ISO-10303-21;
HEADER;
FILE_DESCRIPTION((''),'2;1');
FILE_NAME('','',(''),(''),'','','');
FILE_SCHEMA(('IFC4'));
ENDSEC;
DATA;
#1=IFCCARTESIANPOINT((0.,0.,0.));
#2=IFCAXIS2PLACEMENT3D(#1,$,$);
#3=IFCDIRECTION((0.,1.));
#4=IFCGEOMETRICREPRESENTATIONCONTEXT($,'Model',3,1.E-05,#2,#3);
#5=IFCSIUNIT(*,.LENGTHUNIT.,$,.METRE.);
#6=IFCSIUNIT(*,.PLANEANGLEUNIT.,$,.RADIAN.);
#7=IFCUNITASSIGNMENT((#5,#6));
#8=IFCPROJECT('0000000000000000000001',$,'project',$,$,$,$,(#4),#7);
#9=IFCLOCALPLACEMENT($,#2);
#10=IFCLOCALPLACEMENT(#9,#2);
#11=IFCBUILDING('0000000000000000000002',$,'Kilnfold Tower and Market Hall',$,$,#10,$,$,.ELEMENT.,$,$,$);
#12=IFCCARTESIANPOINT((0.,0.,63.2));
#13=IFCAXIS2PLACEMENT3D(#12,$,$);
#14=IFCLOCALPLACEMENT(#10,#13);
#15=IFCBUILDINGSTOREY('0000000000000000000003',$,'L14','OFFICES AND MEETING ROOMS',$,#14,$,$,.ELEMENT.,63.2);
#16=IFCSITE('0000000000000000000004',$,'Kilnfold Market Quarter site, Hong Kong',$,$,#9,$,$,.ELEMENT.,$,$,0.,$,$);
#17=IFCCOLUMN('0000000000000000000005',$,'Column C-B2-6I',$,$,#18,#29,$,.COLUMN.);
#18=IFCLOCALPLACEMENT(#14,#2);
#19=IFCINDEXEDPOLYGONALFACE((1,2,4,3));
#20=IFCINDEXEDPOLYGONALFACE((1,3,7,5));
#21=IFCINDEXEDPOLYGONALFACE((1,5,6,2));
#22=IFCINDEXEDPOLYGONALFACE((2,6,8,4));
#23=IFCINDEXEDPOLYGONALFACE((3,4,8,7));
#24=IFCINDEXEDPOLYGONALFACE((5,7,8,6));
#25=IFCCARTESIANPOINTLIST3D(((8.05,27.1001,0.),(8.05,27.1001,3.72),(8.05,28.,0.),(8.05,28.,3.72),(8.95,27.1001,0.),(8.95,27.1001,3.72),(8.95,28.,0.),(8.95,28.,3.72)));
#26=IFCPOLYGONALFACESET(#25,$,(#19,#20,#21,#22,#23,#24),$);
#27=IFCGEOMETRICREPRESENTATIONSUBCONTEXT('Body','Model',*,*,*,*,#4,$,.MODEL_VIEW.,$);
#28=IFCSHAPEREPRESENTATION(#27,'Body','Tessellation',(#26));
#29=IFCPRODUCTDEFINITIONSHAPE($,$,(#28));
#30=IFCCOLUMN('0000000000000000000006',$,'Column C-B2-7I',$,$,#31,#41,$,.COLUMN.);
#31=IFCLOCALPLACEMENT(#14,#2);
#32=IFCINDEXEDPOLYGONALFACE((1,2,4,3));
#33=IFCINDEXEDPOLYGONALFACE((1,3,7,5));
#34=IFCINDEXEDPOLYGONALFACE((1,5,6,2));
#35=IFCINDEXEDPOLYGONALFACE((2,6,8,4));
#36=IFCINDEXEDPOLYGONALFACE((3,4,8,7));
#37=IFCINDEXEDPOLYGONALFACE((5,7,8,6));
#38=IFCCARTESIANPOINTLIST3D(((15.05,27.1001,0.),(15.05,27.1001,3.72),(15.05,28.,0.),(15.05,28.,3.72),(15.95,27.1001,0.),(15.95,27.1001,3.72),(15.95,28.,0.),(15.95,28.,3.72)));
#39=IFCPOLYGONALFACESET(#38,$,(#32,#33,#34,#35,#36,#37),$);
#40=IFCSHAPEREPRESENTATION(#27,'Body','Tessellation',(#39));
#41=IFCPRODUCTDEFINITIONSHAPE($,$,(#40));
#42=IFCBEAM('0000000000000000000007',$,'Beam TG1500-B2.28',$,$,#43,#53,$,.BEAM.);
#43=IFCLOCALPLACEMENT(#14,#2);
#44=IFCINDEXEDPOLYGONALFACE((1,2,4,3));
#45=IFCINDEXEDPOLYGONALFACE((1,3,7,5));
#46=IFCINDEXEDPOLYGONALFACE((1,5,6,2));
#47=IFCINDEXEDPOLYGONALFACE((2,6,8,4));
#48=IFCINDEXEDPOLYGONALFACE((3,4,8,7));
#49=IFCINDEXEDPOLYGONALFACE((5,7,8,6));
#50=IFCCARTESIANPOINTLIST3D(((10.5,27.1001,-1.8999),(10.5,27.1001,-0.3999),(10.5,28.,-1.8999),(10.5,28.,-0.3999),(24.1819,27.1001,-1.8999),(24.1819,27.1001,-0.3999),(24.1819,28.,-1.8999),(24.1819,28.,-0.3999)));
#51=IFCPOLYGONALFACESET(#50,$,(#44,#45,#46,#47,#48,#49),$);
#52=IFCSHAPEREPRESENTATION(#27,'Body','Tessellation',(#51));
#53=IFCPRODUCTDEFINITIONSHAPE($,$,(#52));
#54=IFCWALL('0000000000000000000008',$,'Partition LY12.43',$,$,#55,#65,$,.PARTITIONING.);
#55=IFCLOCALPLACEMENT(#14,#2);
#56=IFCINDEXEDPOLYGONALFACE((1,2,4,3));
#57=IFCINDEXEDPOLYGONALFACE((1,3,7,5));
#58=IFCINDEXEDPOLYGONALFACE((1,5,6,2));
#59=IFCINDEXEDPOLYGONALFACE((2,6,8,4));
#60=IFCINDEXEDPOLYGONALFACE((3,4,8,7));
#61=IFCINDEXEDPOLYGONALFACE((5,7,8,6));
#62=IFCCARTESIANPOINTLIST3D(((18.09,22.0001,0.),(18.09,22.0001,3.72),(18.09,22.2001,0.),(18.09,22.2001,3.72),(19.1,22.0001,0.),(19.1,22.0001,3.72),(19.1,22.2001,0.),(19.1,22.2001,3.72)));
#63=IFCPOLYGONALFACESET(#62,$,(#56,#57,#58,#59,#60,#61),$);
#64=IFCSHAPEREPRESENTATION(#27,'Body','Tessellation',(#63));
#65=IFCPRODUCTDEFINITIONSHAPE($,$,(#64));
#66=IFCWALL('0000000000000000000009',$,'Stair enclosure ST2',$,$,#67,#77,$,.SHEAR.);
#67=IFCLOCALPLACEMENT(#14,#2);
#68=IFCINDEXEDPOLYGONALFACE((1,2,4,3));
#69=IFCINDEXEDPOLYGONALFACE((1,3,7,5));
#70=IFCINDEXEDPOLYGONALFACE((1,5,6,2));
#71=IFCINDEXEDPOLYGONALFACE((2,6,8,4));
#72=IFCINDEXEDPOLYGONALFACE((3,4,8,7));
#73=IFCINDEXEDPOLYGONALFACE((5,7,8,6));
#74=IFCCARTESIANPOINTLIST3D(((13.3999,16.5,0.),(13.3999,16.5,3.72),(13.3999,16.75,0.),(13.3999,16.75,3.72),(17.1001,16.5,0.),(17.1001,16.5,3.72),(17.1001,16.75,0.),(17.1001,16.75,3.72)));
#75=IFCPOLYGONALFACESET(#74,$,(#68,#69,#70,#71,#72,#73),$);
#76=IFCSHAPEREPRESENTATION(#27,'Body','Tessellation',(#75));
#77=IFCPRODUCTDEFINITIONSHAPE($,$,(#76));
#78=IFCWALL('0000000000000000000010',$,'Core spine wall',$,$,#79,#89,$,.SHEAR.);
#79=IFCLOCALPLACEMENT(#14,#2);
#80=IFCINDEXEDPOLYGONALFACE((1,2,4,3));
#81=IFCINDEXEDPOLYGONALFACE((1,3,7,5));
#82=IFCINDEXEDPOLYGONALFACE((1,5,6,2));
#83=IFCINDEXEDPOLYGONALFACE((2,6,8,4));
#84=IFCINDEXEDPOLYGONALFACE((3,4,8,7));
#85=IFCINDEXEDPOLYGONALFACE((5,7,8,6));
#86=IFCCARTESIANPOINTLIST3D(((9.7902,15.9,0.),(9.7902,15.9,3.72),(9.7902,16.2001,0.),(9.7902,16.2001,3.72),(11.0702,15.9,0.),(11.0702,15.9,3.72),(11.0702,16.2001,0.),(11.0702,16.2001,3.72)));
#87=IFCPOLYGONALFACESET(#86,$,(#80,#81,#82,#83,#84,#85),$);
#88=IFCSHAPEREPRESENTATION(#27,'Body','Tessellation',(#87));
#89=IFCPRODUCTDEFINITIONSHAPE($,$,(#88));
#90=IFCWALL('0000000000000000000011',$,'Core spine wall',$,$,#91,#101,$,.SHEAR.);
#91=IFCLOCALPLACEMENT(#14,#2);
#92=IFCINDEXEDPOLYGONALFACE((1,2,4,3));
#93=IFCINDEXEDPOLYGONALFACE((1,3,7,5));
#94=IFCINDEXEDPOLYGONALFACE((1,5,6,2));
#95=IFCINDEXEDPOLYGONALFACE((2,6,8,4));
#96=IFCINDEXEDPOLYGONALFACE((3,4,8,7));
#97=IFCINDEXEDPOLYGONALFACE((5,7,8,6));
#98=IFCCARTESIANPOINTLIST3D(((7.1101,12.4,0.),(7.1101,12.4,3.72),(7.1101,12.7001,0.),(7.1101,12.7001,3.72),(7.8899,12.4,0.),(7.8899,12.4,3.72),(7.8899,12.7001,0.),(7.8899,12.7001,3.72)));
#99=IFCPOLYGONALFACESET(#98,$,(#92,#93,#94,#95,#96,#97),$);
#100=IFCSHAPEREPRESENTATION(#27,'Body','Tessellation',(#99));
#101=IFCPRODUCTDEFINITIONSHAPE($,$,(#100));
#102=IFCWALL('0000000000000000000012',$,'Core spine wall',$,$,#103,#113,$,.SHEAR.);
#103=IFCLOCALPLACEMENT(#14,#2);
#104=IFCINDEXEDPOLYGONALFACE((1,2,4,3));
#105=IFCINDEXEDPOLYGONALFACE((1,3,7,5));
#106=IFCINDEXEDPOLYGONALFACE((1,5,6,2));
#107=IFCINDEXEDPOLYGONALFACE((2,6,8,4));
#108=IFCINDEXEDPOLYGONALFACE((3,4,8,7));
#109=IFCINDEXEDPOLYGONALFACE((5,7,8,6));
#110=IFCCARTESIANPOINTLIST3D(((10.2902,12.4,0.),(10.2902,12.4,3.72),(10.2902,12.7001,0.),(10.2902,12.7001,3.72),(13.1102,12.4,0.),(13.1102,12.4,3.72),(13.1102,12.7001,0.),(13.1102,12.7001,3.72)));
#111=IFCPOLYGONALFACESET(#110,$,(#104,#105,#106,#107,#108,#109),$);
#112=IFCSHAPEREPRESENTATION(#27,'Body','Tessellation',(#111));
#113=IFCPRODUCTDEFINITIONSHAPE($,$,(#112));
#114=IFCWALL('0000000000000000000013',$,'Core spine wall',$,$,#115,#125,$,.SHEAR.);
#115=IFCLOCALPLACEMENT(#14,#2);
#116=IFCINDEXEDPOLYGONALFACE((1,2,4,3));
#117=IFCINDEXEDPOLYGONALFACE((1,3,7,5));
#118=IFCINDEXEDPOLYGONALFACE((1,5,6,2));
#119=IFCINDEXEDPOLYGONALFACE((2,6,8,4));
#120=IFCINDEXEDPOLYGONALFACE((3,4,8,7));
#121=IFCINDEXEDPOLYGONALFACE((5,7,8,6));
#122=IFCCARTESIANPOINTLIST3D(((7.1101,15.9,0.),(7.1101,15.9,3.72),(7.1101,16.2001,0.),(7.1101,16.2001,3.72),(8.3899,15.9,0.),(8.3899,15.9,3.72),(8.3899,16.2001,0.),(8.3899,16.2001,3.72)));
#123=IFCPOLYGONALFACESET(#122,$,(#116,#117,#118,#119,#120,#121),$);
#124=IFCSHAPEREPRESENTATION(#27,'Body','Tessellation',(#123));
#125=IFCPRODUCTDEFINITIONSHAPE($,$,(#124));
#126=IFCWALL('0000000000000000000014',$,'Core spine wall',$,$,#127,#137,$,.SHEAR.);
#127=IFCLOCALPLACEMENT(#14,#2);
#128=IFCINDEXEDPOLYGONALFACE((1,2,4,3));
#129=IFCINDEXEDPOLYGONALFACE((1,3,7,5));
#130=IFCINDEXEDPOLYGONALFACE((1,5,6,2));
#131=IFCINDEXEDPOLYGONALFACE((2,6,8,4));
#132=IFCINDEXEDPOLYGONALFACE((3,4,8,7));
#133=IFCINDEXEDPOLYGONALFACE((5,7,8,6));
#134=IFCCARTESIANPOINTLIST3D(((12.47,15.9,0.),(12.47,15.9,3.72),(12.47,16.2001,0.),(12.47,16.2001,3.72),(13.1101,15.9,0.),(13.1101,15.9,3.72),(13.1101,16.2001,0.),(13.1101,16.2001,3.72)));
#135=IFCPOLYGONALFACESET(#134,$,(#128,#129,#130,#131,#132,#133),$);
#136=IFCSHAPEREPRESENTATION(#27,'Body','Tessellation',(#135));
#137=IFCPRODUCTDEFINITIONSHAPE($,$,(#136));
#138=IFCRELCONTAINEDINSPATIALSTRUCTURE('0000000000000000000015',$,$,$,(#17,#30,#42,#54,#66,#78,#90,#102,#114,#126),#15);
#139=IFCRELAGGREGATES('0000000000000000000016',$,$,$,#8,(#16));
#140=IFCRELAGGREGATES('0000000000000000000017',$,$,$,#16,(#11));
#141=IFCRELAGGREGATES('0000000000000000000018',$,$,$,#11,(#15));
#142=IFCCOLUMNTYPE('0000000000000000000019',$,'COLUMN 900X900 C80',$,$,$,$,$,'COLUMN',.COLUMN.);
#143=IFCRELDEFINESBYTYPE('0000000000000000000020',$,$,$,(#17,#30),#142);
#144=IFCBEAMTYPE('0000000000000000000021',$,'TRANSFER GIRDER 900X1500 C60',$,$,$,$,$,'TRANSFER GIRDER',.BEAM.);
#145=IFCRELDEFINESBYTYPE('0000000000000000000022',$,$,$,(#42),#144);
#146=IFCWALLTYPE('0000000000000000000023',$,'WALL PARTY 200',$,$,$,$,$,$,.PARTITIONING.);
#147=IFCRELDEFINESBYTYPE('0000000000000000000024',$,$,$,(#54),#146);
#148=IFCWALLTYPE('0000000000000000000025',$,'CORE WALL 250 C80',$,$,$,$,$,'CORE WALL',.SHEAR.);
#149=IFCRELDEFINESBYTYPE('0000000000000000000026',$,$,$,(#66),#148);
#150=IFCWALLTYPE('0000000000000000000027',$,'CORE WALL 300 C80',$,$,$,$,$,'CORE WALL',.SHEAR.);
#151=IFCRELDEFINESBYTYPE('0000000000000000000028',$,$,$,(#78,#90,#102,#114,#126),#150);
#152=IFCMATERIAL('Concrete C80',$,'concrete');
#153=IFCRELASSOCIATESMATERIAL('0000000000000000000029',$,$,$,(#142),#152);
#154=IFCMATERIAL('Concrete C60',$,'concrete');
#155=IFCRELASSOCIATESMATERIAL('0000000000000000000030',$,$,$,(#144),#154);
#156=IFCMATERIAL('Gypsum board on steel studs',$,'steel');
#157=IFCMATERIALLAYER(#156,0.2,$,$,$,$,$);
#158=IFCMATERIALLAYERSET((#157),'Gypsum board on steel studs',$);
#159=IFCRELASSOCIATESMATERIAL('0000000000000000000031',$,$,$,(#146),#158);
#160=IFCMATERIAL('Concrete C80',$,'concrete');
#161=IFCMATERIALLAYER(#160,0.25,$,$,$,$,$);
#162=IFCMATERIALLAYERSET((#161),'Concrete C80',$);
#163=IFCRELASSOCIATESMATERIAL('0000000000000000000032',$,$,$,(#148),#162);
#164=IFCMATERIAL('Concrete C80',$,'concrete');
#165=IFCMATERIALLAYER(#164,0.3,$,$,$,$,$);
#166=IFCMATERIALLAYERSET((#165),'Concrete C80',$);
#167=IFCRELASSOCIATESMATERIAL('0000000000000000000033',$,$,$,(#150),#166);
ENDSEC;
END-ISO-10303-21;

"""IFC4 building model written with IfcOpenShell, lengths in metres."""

from ifc_helpers import new_model, si_unit, direction, frame, frame_2d, origin, origin_2d, place, context, subcontext, project, spatial, rectangle, extrude, source, transform, mapped, material, layer, layer_set, material_profile, profile_set, type_object, element, save


model = new_model("IFC4")

# Units and contexts
model_context = context("Model", 3, precision=1e-05, world=origin(), true_north=direction((0.0, 1.0)))
body_context = subcontext(model_context, "Body", "Model", "MODEL_VIEW")
ifc_project = project(units=[si_unit("LENGTHUNIT", "METRE"), si_unit("PLANEANGLEUNIT", "RADIAN")], contexts=[model_context])

# Site, building, storey
site_placement = place(None, origin())
site = spatial("IfcSite", under=ifc_project, at=site_placement, Name="Kilnfold Market Quarter site, Hong Kong", CompositionType="ELEMENT", RefElevation=0.0)
building_placement = place(site_placement, origin())
building = spatial("IfcBuilding", under=site, at=building_placement, Name="Kilnfold Tower and Market Hall", CompositionType="ELEMENT")
storey_placement = place(building_placement, frame((0.0, 0.0, 63.2)))
storey = spatial("IfcBuildingStorey", under=building, at=storey_placement, Name="L14", Description="OFFICES AND MEETING ROOMS", CompositionType="ELEMENT", Elevation=63.2)

# Columns
ifc_material_1 = material(Name="Concrete C80", Category="concrete")
ifc_material_profile_1 = material_profile(ifc_material_1, rectangle(XDim=0.8999, YDim=0.8999, at=origin_2d()), Name="RC 900x900")
ifc_profile_set_1 = profile_set([ifc_material_profile_1], Name="Concrete C80")
column_type = type_object("IfcColumnType", Name="COLUMN 900X900 C80", ElementType="COLUMN", PredefinedType="COLUMN", material=ifc_profile_set_1)
shared_shape_1 = source(origin(), body_context, "Body", "SweptSolid", [
    extrude(rectangle(XDim=0.8999, YDim=0.8999, at=origin_2d()), origin(), (0.0, 0.0, 1.0), 3.72),
])
for number, where, z_axis, x_axis, name in (
    (1, (8.5, 27.55, 0.0), (0.0, 0.0, 1.0), (1.0, 0.0, 0.0), "Column C-B2-6I"),
    (2, (15.5, 27.55, 0.0), (0.0, 0.0, 1.0), (1.0, 0.0, 0.0), "Column C-B2-7I"),
):
    element("IfcColumn", number, at=place(storey_placement, frame(where, z_axis=z_axis, x_axis=x_axis)), inside=storey, type_object=column_type, Name=name, PredefinedType="COLUMN", context=body_context, shape_type="MappedRepresentation", body=[
        mapped(shared_shape_1, transform((0.0, 0.0, 0.0))),
    ])

# Beam
ifc_material_2 = material(Name="Concrete C60", Category="concrete")
ifc_material_profile_2 = material_profile(ifc_material_2, rectangle(XDim=0.8999, YDim=1.5, at=origin_2d()), Name="RC 900x1500")
ifc_profile_set_2 = profile_set([ifc_material_profile_2], Name="Concrete C60")
beam_type = type_object("IfcBeamType", Name="TRANSFER GIRDER 900X1500 C60", ElementType="TRANSFER GIRDER", PredefinedType="BEAM", material=ifc_profile_set_2)
shared_shape_2 = source(origin(), body_context, "Body", "SweptSolid", [
    extrude(rectangle(XDim=0.8999, YDim=1.5, at=origin_2d()), origin(), (0.0, 0.0, 1.0), 13.6819),
])
beam_placement = place(storey_placement, frame((10.5, 27.55, -1.1499), z_axis=(1.0, 0.0, 0.0), x_axis=(0.0, 1.0, 0.0)))
element("IfcBeam", 3, at=beam_placement, inside=storey, type_object=beam_type, Name="Beam TG1500-B2.28", PredefinedType="BEAM", context=body_context, shape_type="MappedRepresentation", body=[
    mapped(shared_shape_2, transform((0.0, 0.0, 0.0))),
])

# Walls
ifc_material_3 = material(Name="Gypsum board on steel studs", Category="steel")
ifc_layer_1 = layer(ifc_material_3, 0.2)
ifc_layer_set_1 = layer_set([ifc_layer_1], Name="Gypsum board on steel studs")
wall_type_1 = type_object("IfcWallType", Name="WALL PARTY 200", PredefinedType="PARTITIONING", material=ifc_layer_set_1)
wall_1_placement = place(storey_placement, frame((18.0901, 22.1001, 0.0), z_axis=(0.0, 0.0, 1.0), x_axis=(1.0, 0.0, 0.0)))
element("IfcWall", 4, at=wall_1_placement, inside=storey, type_object=wall_type_1, Name="Partition LY12.43", PredefinedType="PARTITIONING", context=body_context, shape_type="SweptSolid", body=[
    extrude(rectangle(XDim=1.01, YDim=0.2, at=frame_2d((0.5049, 0.0))), origin(), (0.0, 0.0, 1.0), 3.72),
])
ifc_material_4 = material(Name="Concrete C80", Category="concrete")
ifc_layer_2 = layer(ifc_material_4, 0.25)
ifc_layer_set_2 = layer_set([ifc_layer_2], Name="Concrete C80")
wall_type_2 = type_object("IfcWallType", Name="CORE WALL 250 C80", ElementType="CORE WALL", PredefinedType="SHEAR", material=ifc_layer_set_2)
shared_shape_3 = source(origin(), body_context, "Body", "SweptSolid", [
    extrude(rectangle(XDim=3.7002, YDim=0.25, at=frame_2d((1.8501, 0.0))), origin(), (0.0, 0.0, 1.0), 3.72),
])
wall_2_placement = place(storey_placement, frame((13.3999, 16.625, 0.0), z_axis=(0.0, 0.0, 1.0), x_axis=(1.0, 0.0, 0.0)))
element("IfcWall", 5, at=wall_2_placement, inside=storey, type_object=wall_type_2, Name="Stair enclosure ST2", PredefinedType="SHEAR", context=body_context, shape_type="MappedRepresentation", body=[
    mapped(shared_shape_3, transform((0.0, 0.0, 0.0))),
])
ifc_material_5 = material(Name="Concrete C80", Category="concrete")
ifc_layer_3 = layer(ifc_material_5, 0.3)
ifc_layer_set_3 = layer_set([ifc_layer_3], Name="Concrete C80")
wall_type_3 = type_object("IfcWallType", Name="CORE WALL 300 C80", ElementType="CORE WALL", PredefinedType="SHEAR", material=ifc_layer_set_3)
shared_shape_4 = source(origin(), body_context, "Body", "SweptSolid", [
    extrude(rectangle(XDim=1.28, YDim=0.3, at=frame_2d((0.6401, 0.0))), origin(), (0.0, 0.0, 1.0), 3.72),
])
wall_3_placement = place(storey_placement, frame((9.79, 16.05, 0.0), z_axis=(0.0, 0.0, 1.0), x_axis=(1.0, 0.0, 0.0)))
element("IfcWall", 6, at=wall_3_placement, inside=storey, type_object=wall_type_3, Name="Core spine wall", PredefinedType="SHEAR", context=body_context, shape_type="MappedRepresentation", body=[
    mapped(shared_shape_4, transform((0.0, 0.0, 0.0))),
])
shared_shape_5 = source(origin(), body_context, "Body", "SweptSolid", [
    extrude(rectangle(XDim=0.7798, YDim=0.3, at=frame_2d((0.3899, 0.0))), origin(), (0.0, 0.0, 1.0), 3.72),
])
wall_4_placement = place(storey_placement, frame((7.1101, 12.55, 0.0), z_axis=(0.0, 0.0, 1.0), x_axis=(1.0, 0.0, 0.0)))
element("IfcWall", 7, at=wall_4_placement, inside=storey, type_object=wall_type_3, Name="Core spine wall", PredefinedType="SHEAR", context=body_context, shape_type="MappedRepresentation", body=[
    mapped(shared_shape_5, transform((0.0, 0.0, 0.0))),
])
shared_shape_6 = source(origin(), body_context, "Body", "SweptSolid", [
    extrude(rectangle(XDim=2.8201, YDim=0.3, at=frame_2d((1.4102, 0.0))), origin(), (0.0, 0.0, 1.0), 3.72),
])
wall_5_placement = place(storey_placement, frame((10.29, 12.55, 0.0), z_axis=(0.0, 0.0, 1.0), x_axis=(1.0, 0.0, 0.0)))
element("IfcWall", 8, at=wall_5_placement, inside=storey, type_object=wall_type_3, Name="Core spine wall", PredefinedType="SHEAR", context=body_context, shape_type="MappedRepresentation", body=[
    mapped(shared_shape_6, transform((0.0, 0.0, 0.0))),
])
shared_shape_7 = source(origin(), body_context, "Body", "SweptSolid", [
    extrude(rectangle(XDim=1.2798, YDim=0.3, at=frame_2d((0.6399, 0.0))), origin(), (0.0, 0.0, 1.0), 3.72),
])
wall_6_placement = place(storey_placement, frame((7.1101, 16.05, 0.0), z_axis=(0.0, 0.0, 1.0), x_axis=(1.0, 0.0, 0.0)))
element("IfcWall", 9, at=wall_6_placement, inside=storey, type_object=wall_type_3, Name="Core spine wall", PredefinedType="SHEAR", context=body_context, shape_type="MappedRepresentation", body=[
    mapped(shared_shape_7, transform((0.0, 0.0, 0.0))),
])
shared_shape_8 = source(origin(), body_context, "Body", "SweptSolid", [
    extrude(rectangle(XDim=0.6401, YDim=0.3, at=frame_2d((0.3201, 0.0))), origin(), (0.0, 0.0, 1.0), 3.72),
])
wall_7_placement = place(storey_placement, frame((12.47, 16.05, 0.0), z_axis=(0.0, 0.0, 1.0), x_axis=(1.0, 0.0, 0.0)))
element("IfcWall", 10, at=wall_7_placement, inside=storey, type_object=wall_type_3, Name="Core spine wall", PredefinedType="SHEAR", context=body_context, shape_type="MappedRepresentation", body=[
    mapped(shared_shape_8, transform((0.0, 0.0, 0.0))),
])

save(model, "model.ifc")
